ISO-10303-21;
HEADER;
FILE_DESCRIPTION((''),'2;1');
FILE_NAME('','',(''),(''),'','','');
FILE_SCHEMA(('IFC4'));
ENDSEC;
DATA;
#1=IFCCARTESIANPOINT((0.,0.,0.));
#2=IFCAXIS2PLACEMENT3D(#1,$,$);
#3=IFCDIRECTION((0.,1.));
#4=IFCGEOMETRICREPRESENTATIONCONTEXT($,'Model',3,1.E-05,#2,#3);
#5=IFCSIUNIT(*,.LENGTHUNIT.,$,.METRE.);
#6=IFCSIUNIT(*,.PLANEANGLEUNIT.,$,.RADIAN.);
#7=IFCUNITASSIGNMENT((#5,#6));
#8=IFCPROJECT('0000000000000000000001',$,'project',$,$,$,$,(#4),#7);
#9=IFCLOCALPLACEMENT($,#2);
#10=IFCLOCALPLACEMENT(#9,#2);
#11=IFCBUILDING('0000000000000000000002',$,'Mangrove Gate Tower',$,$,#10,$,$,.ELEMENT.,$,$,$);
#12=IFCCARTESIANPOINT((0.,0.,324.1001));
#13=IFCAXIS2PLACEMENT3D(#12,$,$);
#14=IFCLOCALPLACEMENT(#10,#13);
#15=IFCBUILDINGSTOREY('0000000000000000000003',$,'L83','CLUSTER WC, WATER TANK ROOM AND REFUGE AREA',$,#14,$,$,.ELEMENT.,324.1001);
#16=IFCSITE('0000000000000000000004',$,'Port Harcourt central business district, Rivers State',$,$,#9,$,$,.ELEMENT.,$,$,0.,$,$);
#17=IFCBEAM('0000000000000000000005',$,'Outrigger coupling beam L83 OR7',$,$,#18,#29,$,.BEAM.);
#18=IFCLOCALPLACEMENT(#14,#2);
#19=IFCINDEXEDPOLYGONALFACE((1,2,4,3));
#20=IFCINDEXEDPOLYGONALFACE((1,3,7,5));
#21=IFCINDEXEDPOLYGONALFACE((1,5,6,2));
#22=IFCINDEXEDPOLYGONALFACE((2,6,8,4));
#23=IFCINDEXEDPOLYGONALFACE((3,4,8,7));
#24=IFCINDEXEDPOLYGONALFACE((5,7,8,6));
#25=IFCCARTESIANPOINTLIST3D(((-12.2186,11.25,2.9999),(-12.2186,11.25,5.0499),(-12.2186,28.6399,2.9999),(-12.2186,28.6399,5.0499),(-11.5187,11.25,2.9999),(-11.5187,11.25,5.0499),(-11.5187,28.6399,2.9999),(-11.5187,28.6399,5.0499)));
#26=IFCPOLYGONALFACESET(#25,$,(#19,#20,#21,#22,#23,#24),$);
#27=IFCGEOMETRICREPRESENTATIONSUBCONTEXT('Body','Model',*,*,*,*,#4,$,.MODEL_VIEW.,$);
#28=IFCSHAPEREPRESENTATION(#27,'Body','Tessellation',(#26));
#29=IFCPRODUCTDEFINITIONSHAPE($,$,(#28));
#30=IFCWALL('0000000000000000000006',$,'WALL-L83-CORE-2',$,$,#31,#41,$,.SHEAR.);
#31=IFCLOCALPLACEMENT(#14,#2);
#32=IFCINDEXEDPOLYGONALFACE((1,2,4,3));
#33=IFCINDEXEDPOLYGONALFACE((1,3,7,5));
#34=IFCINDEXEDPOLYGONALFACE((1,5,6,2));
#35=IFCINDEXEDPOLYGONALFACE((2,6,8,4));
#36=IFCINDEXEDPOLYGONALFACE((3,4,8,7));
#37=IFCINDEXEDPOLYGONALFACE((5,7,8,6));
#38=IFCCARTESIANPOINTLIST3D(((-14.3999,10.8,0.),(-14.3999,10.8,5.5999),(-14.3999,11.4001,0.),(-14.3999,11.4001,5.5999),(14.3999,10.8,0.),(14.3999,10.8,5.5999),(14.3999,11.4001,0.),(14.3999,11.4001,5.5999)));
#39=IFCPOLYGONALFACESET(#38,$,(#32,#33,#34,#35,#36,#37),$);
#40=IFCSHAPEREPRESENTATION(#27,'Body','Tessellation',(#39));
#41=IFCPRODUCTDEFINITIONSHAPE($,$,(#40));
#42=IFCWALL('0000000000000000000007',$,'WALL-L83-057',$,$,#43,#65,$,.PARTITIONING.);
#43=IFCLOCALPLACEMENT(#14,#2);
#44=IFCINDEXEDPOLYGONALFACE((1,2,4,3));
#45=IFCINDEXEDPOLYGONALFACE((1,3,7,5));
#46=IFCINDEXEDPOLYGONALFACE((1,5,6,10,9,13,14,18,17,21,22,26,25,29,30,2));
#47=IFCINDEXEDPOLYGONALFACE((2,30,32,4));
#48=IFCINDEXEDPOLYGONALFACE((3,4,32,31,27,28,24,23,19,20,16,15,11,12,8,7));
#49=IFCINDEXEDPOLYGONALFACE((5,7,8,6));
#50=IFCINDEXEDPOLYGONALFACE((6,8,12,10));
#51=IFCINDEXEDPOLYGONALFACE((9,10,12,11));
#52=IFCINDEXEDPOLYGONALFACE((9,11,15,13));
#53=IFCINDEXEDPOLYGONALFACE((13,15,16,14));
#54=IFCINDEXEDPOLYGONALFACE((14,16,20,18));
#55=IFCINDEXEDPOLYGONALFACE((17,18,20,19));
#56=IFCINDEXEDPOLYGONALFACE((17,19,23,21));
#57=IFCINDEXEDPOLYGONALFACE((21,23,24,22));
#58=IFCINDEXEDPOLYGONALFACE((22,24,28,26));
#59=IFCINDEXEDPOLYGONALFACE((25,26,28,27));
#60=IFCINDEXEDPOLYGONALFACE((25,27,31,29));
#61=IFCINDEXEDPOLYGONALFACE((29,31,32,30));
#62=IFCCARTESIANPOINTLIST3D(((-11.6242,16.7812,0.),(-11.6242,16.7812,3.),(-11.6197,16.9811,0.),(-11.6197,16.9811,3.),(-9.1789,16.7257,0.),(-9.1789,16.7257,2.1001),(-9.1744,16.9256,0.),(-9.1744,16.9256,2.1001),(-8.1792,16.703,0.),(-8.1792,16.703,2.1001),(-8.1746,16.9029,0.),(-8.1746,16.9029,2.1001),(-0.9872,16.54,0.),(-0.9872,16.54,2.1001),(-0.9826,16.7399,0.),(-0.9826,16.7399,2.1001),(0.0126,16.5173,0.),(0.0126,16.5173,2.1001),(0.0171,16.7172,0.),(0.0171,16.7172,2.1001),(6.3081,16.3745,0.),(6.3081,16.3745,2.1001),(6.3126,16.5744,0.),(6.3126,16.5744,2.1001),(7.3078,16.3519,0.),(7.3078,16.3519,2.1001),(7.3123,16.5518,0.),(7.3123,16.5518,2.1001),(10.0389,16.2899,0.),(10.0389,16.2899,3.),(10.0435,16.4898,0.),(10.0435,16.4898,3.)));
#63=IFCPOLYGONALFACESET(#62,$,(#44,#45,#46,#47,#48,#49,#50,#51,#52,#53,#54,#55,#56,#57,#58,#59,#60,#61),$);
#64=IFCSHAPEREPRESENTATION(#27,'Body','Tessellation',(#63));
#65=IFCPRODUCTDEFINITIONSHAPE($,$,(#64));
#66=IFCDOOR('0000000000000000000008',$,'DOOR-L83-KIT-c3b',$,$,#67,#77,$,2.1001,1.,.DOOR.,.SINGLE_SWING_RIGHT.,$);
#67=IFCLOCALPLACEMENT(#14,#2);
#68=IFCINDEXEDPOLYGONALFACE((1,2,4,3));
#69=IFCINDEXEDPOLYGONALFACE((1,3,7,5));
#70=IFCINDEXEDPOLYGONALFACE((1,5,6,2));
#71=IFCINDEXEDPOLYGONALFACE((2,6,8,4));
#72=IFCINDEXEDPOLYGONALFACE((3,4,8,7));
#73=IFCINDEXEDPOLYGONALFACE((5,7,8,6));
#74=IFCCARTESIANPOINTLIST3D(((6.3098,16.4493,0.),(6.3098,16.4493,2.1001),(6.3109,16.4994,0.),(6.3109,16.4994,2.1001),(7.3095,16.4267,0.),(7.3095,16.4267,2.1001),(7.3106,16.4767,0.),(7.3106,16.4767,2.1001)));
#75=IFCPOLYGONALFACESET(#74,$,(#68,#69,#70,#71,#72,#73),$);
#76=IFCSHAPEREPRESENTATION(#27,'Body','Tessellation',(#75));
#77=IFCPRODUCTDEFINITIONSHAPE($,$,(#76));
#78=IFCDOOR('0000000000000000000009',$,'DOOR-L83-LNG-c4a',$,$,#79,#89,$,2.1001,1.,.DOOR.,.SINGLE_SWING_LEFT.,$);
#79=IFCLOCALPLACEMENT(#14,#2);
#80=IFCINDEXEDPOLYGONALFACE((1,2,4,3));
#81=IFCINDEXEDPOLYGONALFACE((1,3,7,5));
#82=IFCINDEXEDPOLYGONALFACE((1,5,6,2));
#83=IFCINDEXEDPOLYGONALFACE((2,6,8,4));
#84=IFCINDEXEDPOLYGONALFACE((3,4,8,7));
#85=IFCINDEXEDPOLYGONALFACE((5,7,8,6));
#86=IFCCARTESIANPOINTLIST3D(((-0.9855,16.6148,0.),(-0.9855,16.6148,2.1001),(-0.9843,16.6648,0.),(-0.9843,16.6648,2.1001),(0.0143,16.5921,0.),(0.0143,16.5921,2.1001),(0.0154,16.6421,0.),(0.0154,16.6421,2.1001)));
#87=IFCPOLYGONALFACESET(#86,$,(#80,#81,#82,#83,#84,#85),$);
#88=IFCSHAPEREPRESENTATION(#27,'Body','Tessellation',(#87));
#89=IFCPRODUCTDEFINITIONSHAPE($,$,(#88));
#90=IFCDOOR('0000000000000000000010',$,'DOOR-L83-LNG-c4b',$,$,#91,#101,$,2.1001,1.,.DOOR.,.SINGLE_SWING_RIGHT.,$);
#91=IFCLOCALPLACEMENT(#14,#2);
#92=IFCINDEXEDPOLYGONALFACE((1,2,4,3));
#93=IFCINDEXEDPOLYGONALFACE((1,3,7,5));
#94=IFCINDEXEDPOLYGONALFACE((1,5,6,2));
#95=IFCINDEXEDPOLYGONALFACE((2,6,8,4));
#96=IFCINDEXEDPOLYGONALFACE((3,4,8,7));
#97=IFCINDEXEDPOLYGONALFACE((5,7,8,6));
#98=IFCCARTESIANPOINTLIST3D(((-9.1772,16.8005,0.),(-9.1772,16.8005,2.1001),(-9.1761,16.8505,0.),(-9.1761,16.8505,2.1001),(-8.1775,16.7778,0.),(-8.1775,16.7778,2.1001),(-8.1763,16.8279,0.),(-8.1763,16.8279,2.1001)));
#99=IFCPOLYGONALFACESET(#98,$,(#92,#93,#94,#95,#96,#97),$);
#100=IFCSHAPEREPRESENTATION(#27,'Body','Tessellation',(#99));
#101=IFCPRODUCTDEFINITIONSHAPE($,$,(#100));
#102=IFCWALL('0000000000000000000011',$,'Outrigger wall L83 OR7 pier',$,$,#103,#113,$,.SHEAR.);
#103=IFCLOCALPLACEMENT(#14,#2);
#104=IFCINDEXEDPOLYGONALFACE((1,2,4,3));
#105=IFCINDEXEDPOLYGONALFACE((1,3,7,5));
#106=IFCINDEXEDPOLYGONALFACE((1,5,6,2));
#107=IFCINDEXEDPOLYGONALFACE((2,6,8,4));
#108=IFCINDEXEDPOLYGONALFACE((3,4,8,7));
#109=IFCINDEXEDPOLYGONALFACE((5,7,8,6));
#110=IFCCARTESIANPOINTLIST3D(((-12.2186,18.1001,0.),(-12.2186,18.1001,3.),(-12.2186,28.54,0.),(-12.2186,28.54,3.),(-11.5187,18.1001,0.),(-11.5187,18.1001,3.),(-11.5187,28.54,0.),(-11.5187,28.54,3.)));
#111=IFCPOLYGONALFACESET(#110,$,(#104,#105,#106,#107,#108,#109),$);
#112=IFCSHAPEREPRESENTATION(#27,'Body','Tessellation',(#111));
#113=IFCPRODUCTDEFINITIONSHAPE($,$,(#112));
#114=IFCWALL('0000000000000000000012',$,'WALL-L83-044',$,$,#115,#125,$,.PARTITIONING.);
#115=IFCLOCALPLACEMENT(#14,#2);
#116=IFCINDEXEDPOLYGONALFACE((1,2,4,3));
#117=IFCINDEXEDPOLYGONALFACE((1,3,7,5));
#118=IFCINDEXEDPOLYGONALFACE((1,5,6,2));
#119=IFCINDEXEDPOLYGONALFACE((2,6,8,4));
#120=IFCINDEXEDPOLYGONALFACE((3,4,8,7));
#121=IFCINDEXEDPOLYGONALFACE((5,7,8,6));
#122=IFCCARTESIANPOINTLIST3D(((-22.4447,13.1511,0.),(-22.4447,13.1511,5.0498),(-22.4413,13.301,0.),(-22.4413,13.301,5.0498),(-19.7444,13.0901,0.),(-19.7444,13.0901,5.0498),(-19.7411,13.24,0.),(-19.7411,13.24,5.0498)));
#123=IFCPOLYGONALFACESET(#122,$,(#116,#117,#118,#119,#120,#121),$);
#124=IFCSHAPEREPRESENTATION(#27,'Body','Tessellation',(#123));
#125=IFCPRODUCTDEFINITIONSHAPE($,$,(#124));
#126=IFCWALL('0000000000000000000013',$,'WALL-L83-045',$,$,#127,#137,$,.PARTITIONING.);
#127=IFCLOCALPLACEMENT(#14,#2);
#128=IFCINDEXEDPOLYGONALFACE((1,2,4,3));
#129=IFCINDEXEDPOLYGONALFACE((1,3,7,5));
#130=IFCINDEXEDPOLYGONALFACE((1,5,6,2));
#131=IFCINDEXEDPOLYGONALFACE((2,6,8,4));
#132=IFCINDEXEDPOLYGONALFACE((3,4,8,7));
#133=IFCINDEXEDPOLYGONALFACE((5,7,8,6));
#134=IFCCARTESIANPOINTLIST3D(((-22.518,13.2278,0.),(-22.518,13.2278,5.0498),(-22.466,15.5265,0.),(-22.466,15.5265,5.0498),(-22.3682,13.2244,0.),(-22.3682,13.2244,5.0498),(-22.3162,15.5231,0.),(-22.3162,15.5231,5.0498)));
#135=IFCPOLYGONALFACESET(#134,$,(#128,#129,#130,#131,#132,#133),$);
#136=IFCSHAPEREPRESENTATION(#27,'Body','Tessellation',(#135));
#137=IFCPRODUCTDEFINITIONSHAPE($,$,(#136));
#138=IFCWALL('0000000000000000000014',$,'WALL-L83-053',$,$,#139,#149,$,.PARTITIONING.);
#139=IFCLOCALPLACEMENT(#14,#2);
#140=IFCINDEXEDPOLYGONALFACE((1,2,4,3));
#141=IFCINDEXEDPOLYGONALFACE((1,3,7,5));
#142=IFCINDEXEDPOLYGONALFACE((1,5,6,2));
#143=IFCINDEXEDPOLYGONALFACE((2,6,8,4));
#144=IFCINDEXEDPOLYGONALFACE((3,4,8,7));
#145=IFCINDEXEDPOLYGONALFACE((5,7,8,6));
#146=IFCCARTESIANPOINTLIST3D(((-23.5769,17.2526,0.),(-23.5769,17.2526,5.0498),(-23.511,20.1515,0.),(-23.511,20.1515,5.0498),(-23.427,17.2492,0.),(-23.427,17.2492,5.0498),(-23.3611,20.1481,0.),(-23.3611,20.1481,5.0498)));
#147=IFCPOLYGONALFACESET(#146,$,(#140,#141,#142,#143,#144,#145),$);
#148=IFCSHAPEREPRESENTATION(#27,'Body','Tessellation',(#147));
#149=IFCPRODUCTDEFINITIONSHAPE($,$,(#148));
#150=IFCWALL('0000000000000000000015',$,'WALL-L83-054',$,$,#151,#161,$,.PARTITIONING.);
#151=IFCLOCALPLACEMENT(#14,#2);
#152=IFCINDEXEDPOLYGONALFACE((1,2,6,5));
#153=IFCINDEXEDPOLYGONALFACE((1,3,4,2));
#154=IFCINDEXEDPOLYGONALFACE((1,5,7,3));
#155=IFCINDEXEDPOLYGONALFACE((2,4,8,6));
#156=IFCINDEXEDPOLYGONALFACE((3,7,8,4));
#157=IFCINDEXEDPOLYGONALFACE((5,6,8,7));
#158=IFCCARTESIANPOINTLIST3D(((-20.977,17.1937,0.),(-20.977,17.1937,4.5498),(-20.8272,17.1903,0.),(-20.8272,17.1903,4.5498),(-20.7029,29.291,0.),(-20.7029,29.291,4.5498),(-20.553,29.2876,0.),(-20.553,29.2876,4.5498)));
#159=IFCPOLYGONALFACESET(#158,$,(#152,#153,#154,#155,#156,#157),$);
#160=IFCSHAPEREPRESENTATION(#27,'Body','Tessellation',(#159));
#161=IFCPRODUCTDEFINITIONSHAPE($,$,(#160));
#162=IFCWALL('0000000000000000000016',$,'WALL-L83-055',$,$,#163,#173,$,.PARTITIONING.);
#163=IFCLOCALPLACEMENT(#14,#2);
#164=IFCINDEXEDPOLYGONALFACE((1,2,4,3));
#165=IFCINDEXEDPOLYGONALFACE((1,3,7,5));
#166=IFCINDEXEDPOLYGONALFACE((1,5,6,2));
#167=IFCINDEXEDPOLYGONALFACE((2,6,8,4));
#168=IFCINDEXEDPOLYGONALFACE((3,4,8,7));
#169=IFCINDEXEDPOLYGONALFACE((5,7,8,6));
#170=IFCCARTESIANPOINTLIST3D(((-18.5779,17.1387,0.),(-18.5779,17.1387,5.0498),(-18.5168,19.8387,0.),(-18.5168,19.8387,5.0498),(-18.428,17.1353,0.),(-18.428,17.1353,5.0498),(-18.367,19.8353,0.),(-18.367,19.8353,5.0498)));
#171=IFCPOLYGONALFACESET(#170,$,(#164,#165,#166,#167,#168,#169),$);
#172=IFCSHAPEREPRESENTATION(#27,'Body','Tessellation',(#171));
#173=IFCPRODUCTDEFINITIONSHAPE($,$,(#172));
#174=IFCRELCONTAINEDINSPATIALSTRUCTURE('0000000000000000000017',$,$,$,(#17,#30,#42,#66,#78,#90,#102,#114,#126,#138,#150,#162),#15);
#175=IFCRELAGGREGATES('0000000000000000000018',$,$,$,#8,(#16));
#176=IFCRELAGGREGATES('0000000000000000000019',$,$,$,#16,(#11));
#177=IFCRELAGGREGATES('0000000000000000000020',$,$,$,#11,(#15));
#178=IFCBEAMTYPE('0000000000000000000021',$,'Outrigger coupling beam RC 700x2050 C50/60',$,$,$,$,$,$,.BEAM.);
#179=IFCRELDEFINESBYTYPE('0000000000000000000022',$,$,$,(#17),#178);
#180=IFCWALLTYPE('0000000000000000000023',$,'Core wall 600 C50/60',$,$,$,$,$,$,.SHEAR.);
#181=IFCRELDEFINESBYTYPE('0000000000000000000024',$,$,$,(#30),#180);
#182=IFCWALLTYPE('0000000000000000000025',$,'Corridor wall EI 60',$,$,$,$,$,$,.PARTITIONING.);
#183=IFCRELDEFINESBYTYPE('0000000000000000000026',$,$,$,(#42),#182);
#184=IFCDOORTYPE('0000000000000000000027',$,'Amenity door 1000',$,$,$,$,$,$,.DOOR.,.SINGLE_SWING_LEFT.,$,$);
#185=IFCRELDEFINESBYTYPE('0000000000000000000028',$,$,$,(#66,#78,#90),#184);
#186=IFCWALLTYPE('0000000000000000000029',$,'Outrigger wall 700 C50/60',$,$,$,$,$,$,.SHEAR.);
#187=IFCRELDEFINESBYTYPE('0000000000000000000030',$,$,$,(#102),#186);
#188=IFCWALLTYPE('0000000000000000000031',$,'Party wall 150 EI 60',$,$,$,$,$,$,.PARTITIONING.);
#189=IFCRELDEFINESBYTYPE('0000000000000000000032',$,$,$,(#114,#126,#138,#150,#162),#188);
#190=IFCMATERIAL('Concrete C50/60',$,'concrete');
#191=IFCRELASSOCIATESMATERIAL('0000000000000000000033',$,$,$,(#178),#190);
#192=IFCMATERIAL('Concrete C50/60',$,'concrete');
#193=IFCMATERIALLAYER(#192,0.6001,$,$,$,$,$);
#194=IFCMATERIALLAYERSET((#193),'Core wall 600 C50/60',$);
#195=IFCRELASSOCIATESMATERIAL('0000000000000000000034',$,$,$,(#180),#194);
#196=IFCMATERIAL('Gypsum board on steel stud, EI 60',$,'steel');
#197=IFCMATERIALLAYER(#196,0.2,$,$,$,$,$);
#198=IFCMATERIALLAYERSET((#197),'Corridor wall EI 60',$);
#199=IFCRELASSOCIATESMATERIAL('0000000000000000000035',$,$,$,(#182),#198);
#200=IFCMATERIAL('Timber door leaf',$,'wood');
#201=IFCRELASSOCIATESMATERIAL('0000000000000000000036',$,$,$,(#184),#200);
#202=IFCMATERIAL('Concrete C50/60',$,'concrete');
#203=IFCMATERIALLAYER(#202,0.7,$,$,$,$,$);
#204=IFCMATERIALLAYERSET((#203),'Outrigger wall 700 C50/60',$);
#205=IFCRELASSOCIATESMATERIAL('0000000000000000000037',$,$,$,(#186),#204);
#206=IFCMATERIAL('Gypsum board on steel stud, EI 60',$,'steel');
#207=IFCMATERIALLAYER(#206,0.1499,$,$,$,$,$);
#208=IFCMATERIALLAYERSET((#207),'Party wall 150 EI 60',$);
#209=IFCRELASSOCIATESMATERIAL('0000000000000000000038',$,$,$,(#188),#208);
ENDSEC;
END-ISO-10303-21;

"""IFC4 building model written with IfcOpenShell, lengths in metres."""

from ifc_helpers import new_model, si_unit, direction, frame, frame_2d, origin, origin_2d, place, context, subcontext, project, spatial, rectangle, extrude, material, layer, layer_set, material_profile, profile_set, type_object, element, fill, save


model = new_model("IFC4")

# Units and contexts
model_context = context("Model", 3, precision=1e-05, world=origin(), true_north=direction((0.0, 1.0)))
body_context = subcontext(model_context, "Body", "Model", "MODEL_VIEW")
ifc_project = project(units=[si_unit("LENGTHUNIT", "METRE"), si_unit("PLANEANGLEUNIT", "RADIAN")], contexts=[model_context])

# Site, building, storey
site_placement = place(None, origin())
site = spatial("IfcSite", under=ifc_project, at=site_placement, Name="Port Harcourt central business district, Rivers State", CompositionType="ELEMENT", RefElevation=0.0)
building_placement = place(site_placement, origin())
building = spatial("IfcBuilding", under=site, at=building_placement, Name="Mangrove Gate Tower", CompositionType="ELEMENT")
storey_placement = place(building_placement, frame((0.0, 0.0, 324.1001)))
storey = spatial("IfcBuildingStorey", under=building, at=storey_placement, Name="L83", Description="CLUSTER WC, WATER TANK ROOM AND REFUGE AREA", CompositionType="ELEMENT", Elevation=324.1001)

# Beam
ifc_material_1 = material(Name="Concrete C50/60", Category="concrete")
ifc_material_profile = material_profile(ifc_material_1, rectangle(XDim=0.7, YDim=2.05, at=origin_2d()))
ifc_profile_set = profile_set([ifc_material_profile], Name="Concrete C50/60")
beam_type = type_object("IfcBeamType", Name="Outrigger coupling beam RC 700x2050 C50/60", PredefinedType="BEAM", material=ifc_profile_set)
beam_placement = place(storey_placement, frame((-11.8687, 11.25, 4.0249), z_axis=(0.0, 1.0, 0.0), x_axis=(-1.0, 0.0, 0.0)))
element("IfcBeam", 1, at=beam_placement, inside=storey, type_object=beam_type, Name="Outrigger coupling beam L83 OR7", PredefinedType="BEAM", context=body_context, shape_type="SweptSolid", body=[
    extrude(rectangle(XDim=0.7, YDim=2.05, at=origin_2d()), origin(), (0.0, 0.0, 1.0), 17.3899),
])

# Wall
ifc_material_2 = material(Name="Concrete C50/60", Category="concrete")
ifc_layer_1 = layer(ifc_material_2, 0.6001)
ifc_layer_set_1 = layer_set([ifc_layer_1], Name="Core wall 600 C50/60")
wall_type_1 = type_object("IfcWallType", Name="Core wall 600 C50/60", PredefinedType="SHEAR", material=ifc_layer_set_1)
wall_1_placement = place(storey_placement, frame((-14.3999, 11.1001, 0.0), z_axis=(0.0, 0.0, 1.0), x_axis=(1.0, 0.0, 0.0)))
element("IfcWall", 2, at=wall_1_placement, inside=storey, type_object=wall_type_1, Name="WALL-L83-CORE-2", PredefinedType="SHEAR", context=body_context, shape_type="SweptSolid", body=[
    extrude(rectangle(XDim=28.7998, YDim=0.6001, at=frame_2d((14.3999, 0.0))), origin(), (0.0, 0.0, 1.0), 5.5999),
])

# Wall, openings, doors
ifc_material_3 = material(Name="Gypsum board on steel stud, EI 60", Category="steel")
ifc_layer_2 = layer(ifc_material_3, 0.2)
ifc_layer_set_2 = layer_set([ifc_layer_2], Name="Corridor wall EI 60")
wall_type_2 = type_object("IfcWallType", Name="Corridor wall EI 60", PredefinedType="PARTITIONING", material=ifc_layer_set_2)
wall_2_placement = place(storey_placement, frame((-11.6221, 16.8811, 0.0), z_axis=(0.0, 0.0, 1.0), x_axis=(0.999743, -0.022669, 0.0)))
wall_2 = element("IfcWall", 3, at=wall_2_placement, inside=storey, type_object=wall_type_2, Name="WALL-L83-057", PredefinedType="PARTITIONING", context=body_context, shape_type="SweptSolid", body=[
    extrude(rectangle(XDim=21.6687, YDim=0.2, at=frame_2d((10.8345, 0.0))), origin(), (0.0, 0.0, 1.0), 3.0),
])
opening_1_placement = place(wall_2_placement, frame((17.937, 0.0, 0.0)))
opening_1 = element("IfcOpeningElement", 4, at=opening_1_placement, cuts=wall_2, PredefinedType="OPENING", context=body_context, shape_type="SweptSolid", body=[
    extrude(rectangle(XDim=1.0, YDim=2.1001, at=frame_2d((0.5, 1.05))), frame((0.0, 0.1099, 0.0), z_axis=(0.0, -1.0, 0.0), x_axis=(1.0, 0.0, 0.0)), (0.0, 0.0, 1.0), 0.22),
])
opening_2_placement = place(wall_2_placement, frame((10.6399, 0.0, 0.0)))
opening_2 = element("IfcOpeningElement", 5, at=opening_2_placement, cuts=wall_2, PredefinedType="OPENING", context=body_context, shape_type="SweptSolid", body=[
    extrude(rectangle(XDim=1.0, YDim=2.1001, at=frame_2d((0.5, 1.05))), frame((0.0, 0.1099, 0.0), z_axis=(0.0, -1.0, 0.0), x_axis=(1.0, 0.0, 0.0)), (0.0, 0.0, 1.0), 0.22),
])
opening_3_placement = place(wall_2_placement, frame((2.446, 0.0, 0.0)))
opening_3 = element("IfcOpeningElement", 6, at=opening_3_placement, cuts=wall_2, PredefinedType="OPENING", context=body_context, shape_type="SweptSolid", body=[
    extrude(rectangle(XDim=1.0, YDim=2.1001, at=frame_2d((0.5, 1.05))), frame((0.0, 0.1099, 0.0), z_axis=(0.0, -1.0, 0.0), x_axis=(1.0, 0.0, 0.0)), (0.0, 0.0, 1.0), 0.22),
])
ifc_material_4 = material(Name="Timber door leaf", Category="wood")
door_type = type_object("IfcDoorType", Name="Amenity door 1000", OperationType="SINGLE_SWING_LEFT", PredefinedType="DOOR", material=ifc_material_4)
door_1_placement = place(opening_1_placement, origin())
door_1 = element("IfcDoor", 7, at=door_1_placement, inside=storey, type_object=door_type, Name="DOOR-L83-KIT-c3b", OperationType="SINGLE_SWING_RIGHT", OverallHeight=2.1001, OverallWidth=1.0, PredefinedType="DOOR", context=body_context, shape_type="SweptSolid", body=[
    extrude(rectangle(XDim=1.0, YDim=2.1001, at=frame_2d((0.5, 1.05))), frame((0.0, 0.0249, 0.0), z_axis=(0.0, -1.0, 0.0), x_axis=(1.0, 0.0, 0.0)), (0.0, 0.0, 1.0), 0.05),
])
fill(opening_1, door_1)
door_2_placement = place(opening_2_placement, origin())
door_2 = element("IfcDoor", 8, at=door_2_placement, inside=storey, type_object=door_type, Name="DOOR-L83-LNG-c4a", OperationType="SINGLE_SWING_LEFT", OverallHeight=2.1001, OverallWidth=1.0, PredefinedType="DOOR", context=body_context, shape_type="SweptSolid", body=[
    extrude(rectangle(XDim=1.0, YDim=2.1001, at=frame_2d((0.5, 1.05))), frame((0.0, 0.0249, 0.0), z_axis=(0.0, -1.0, 0.0), x_axis=(1.0, 0.0, 0.0)), (0.0, 0.0, 1.0), 0.05),
])
fill(opening_2, door_2)
door_3_placement = place(opening_3_placement, origin())
door_3 = element("IfcDoor", 9, at=door_3_placement, inside=storey, type_object=door_type, Name="DOOR-L83-LNG-c4b", OperationType="SINGLE_SWING_RIGHT", OverallHeight=2.1001, OverallWidth=1.0, PredefinedType="DOOR", context=body_context, shape_type="SweptSolid", body=[
    extrude(rectangle(XDim=1.0, YDim=2.1001, at=frame_2d((0.5, 1.05))), frame((0.0, 0.0249, 0.0), z_axis=(0.0, -1.0, 0.0), x_axis=(1.0, 0.0, 0.0)), (0.0, 0.0, 1.0), 0.05),
])
fill(opening_3, door_3)

# Walls
ifc_material_5 = material(Name="Concrete C50/60", Category="concrete")
ifc_layer_3 = layer(ifc_material_5, 0.7)
ifc_layer_set_3 = layer_set([ifc_layer_3], Name="Outrigger wall 700 C50/60")
wall_type_3 = type_object("IfcWallType", Name="Outrigger wall 700 C50/60", PredefinedType="SHEAR", material=ifc_layer_set_3)
wall_3_placement = place(storey_placement, frame((-11.8687, 18.1001, 0.0), z_axis=(0.0, 0.0, 1.0), x_axis=(0.0, 1.0, 0.0)))
element("IfcWall", 10, at=wall_3_placement, inside=storey, type_object=wall_type_3, Name="Outrigger wall L83 OR7 pier", PredefinedType="SHEAR", context=body_context, shape_type="SweptSolid", body=[
    extrude(rectangle(XDim=10.4399, YDim=0.7, at=frame_2d((5.22, 0.0))), origin(), (0.0, 0.0, 1.0), 3.0),
])
ifc_material_6 = material(Name="Gypsum board on steel stud, EI 60", Category="steel")
ifc_layer_4 = layer(ifc_material_6, 0.1499)
ifc_layer_set_4 = layer_set([ifc_layer_4], Name="Party wall 150 EI 60")
wall_type_4 = type_object("IfcWallType", Name="Party wall 150 EI 60", PredefinedType="PARTITIONING", material=ifc_layer_set_4)
wall_4_placement = place(storey_placement, frame((-22.4431, 13.2261, 0.0), z_axis=(0.0, 0.0, 1.0), x_axis=(0.999745, -0.022598, 0.0)))
element("IfcWall", 11, at=wall_4_placement, inside=storey, type_object=wall_type_4, Name="WALL-L83-044", PredefinedType="PARTITIONING", context=body_context, shape_type="SweptSolid", body=[
    extrude(rectangle(XDim=2.7009, YDim=0.1499, at=frame_2d((1.3506, 0.0))), origin(), (0.0, 0.0, 1.0), 5.0498),
])
wall_5_placement = place(storey_placement, frame((-22.4431, 13.2261, 0.0), z_axis=(0.0, 0.0, 1.0), x_axis=(0.022615, 0.999744, 0.0)))
element("IfcWall", 12, at=wall_5_placement, inside=storey, type_object=wall_type_4, Name="WALL-L83-045", PredefinedType="PARTITIONING", context=body_context, shape_type="SweptSolid", body=[
    extrude(rectangle(XDim=2.2993, YDim=0.1499, at=frame_2d((1.1497, 0.0))), origin(), (0.0, 0.0, 1.0), 5.0498),
])
wall_6_placement = place(storey_placement, frame((-23.502, 17.251, 0.0), z_axis=(0.0, 0.0, 1.0), x_axis=(0.022733, 0.999742, 0.0)))
element("IfcWall", 13, at=wall_6_placement, inside=storey, type_object=wall_type_4, Name="WALL-L83-053", PredefinedType="PARTITIONING", context=body_context, shape_type="SweptSolid", body=[
    extrude(rectangle(XDim=2.8997, YDim=0.1499, at=frame_2d((1.4497, 0.0))), origin(), (0.0, 0.0, 1.0), 5.0498),
])
wall_7_placement = place(storey_placement, frame((-20.9021, 17.1919, 0.0), z_axis=(0.0, 0.0, 1.0), x_axis=(0.022658, 0.999743, 0.0)))
element("IfcWall", 14, at=wall_7_placement, inside=storey, type_object=wall_type_4, Name="WALL-L83-054", PredefinedType="PARTITIONING", context=body_context, shape_type="SweptSolid", body=[
    extrude(rectangle(XDim=12.1003, YDim=0.1499, at=frame_2d((6.0503, 0.0))), origin(), (0.0, 0.0, 1.0), 4.5498),
])
wall_8_placement = place(storey_placement, frame((-18.5029, 17.137, 0.0), z_axis=(0.0, 0.0, 1.0), x_axis=(0.0226, 0.999745, 0.0)))
element("IfcWall", 15, at=wall_8_placement, inside=storey, type_object=wall_type_4, Name="WALL-L83-055", PredefinedType="PARTITIONING", context=body_context, shape_type="SweptSolid", body=[
    extrude(rectangle(XDim=2.7007, YDim=0.1499, at=frame_2d((1.3503, 0.0))), origin(), (0.0, 0.0, 1.0), 5.0498),
])

save(model, "model.ifc")
